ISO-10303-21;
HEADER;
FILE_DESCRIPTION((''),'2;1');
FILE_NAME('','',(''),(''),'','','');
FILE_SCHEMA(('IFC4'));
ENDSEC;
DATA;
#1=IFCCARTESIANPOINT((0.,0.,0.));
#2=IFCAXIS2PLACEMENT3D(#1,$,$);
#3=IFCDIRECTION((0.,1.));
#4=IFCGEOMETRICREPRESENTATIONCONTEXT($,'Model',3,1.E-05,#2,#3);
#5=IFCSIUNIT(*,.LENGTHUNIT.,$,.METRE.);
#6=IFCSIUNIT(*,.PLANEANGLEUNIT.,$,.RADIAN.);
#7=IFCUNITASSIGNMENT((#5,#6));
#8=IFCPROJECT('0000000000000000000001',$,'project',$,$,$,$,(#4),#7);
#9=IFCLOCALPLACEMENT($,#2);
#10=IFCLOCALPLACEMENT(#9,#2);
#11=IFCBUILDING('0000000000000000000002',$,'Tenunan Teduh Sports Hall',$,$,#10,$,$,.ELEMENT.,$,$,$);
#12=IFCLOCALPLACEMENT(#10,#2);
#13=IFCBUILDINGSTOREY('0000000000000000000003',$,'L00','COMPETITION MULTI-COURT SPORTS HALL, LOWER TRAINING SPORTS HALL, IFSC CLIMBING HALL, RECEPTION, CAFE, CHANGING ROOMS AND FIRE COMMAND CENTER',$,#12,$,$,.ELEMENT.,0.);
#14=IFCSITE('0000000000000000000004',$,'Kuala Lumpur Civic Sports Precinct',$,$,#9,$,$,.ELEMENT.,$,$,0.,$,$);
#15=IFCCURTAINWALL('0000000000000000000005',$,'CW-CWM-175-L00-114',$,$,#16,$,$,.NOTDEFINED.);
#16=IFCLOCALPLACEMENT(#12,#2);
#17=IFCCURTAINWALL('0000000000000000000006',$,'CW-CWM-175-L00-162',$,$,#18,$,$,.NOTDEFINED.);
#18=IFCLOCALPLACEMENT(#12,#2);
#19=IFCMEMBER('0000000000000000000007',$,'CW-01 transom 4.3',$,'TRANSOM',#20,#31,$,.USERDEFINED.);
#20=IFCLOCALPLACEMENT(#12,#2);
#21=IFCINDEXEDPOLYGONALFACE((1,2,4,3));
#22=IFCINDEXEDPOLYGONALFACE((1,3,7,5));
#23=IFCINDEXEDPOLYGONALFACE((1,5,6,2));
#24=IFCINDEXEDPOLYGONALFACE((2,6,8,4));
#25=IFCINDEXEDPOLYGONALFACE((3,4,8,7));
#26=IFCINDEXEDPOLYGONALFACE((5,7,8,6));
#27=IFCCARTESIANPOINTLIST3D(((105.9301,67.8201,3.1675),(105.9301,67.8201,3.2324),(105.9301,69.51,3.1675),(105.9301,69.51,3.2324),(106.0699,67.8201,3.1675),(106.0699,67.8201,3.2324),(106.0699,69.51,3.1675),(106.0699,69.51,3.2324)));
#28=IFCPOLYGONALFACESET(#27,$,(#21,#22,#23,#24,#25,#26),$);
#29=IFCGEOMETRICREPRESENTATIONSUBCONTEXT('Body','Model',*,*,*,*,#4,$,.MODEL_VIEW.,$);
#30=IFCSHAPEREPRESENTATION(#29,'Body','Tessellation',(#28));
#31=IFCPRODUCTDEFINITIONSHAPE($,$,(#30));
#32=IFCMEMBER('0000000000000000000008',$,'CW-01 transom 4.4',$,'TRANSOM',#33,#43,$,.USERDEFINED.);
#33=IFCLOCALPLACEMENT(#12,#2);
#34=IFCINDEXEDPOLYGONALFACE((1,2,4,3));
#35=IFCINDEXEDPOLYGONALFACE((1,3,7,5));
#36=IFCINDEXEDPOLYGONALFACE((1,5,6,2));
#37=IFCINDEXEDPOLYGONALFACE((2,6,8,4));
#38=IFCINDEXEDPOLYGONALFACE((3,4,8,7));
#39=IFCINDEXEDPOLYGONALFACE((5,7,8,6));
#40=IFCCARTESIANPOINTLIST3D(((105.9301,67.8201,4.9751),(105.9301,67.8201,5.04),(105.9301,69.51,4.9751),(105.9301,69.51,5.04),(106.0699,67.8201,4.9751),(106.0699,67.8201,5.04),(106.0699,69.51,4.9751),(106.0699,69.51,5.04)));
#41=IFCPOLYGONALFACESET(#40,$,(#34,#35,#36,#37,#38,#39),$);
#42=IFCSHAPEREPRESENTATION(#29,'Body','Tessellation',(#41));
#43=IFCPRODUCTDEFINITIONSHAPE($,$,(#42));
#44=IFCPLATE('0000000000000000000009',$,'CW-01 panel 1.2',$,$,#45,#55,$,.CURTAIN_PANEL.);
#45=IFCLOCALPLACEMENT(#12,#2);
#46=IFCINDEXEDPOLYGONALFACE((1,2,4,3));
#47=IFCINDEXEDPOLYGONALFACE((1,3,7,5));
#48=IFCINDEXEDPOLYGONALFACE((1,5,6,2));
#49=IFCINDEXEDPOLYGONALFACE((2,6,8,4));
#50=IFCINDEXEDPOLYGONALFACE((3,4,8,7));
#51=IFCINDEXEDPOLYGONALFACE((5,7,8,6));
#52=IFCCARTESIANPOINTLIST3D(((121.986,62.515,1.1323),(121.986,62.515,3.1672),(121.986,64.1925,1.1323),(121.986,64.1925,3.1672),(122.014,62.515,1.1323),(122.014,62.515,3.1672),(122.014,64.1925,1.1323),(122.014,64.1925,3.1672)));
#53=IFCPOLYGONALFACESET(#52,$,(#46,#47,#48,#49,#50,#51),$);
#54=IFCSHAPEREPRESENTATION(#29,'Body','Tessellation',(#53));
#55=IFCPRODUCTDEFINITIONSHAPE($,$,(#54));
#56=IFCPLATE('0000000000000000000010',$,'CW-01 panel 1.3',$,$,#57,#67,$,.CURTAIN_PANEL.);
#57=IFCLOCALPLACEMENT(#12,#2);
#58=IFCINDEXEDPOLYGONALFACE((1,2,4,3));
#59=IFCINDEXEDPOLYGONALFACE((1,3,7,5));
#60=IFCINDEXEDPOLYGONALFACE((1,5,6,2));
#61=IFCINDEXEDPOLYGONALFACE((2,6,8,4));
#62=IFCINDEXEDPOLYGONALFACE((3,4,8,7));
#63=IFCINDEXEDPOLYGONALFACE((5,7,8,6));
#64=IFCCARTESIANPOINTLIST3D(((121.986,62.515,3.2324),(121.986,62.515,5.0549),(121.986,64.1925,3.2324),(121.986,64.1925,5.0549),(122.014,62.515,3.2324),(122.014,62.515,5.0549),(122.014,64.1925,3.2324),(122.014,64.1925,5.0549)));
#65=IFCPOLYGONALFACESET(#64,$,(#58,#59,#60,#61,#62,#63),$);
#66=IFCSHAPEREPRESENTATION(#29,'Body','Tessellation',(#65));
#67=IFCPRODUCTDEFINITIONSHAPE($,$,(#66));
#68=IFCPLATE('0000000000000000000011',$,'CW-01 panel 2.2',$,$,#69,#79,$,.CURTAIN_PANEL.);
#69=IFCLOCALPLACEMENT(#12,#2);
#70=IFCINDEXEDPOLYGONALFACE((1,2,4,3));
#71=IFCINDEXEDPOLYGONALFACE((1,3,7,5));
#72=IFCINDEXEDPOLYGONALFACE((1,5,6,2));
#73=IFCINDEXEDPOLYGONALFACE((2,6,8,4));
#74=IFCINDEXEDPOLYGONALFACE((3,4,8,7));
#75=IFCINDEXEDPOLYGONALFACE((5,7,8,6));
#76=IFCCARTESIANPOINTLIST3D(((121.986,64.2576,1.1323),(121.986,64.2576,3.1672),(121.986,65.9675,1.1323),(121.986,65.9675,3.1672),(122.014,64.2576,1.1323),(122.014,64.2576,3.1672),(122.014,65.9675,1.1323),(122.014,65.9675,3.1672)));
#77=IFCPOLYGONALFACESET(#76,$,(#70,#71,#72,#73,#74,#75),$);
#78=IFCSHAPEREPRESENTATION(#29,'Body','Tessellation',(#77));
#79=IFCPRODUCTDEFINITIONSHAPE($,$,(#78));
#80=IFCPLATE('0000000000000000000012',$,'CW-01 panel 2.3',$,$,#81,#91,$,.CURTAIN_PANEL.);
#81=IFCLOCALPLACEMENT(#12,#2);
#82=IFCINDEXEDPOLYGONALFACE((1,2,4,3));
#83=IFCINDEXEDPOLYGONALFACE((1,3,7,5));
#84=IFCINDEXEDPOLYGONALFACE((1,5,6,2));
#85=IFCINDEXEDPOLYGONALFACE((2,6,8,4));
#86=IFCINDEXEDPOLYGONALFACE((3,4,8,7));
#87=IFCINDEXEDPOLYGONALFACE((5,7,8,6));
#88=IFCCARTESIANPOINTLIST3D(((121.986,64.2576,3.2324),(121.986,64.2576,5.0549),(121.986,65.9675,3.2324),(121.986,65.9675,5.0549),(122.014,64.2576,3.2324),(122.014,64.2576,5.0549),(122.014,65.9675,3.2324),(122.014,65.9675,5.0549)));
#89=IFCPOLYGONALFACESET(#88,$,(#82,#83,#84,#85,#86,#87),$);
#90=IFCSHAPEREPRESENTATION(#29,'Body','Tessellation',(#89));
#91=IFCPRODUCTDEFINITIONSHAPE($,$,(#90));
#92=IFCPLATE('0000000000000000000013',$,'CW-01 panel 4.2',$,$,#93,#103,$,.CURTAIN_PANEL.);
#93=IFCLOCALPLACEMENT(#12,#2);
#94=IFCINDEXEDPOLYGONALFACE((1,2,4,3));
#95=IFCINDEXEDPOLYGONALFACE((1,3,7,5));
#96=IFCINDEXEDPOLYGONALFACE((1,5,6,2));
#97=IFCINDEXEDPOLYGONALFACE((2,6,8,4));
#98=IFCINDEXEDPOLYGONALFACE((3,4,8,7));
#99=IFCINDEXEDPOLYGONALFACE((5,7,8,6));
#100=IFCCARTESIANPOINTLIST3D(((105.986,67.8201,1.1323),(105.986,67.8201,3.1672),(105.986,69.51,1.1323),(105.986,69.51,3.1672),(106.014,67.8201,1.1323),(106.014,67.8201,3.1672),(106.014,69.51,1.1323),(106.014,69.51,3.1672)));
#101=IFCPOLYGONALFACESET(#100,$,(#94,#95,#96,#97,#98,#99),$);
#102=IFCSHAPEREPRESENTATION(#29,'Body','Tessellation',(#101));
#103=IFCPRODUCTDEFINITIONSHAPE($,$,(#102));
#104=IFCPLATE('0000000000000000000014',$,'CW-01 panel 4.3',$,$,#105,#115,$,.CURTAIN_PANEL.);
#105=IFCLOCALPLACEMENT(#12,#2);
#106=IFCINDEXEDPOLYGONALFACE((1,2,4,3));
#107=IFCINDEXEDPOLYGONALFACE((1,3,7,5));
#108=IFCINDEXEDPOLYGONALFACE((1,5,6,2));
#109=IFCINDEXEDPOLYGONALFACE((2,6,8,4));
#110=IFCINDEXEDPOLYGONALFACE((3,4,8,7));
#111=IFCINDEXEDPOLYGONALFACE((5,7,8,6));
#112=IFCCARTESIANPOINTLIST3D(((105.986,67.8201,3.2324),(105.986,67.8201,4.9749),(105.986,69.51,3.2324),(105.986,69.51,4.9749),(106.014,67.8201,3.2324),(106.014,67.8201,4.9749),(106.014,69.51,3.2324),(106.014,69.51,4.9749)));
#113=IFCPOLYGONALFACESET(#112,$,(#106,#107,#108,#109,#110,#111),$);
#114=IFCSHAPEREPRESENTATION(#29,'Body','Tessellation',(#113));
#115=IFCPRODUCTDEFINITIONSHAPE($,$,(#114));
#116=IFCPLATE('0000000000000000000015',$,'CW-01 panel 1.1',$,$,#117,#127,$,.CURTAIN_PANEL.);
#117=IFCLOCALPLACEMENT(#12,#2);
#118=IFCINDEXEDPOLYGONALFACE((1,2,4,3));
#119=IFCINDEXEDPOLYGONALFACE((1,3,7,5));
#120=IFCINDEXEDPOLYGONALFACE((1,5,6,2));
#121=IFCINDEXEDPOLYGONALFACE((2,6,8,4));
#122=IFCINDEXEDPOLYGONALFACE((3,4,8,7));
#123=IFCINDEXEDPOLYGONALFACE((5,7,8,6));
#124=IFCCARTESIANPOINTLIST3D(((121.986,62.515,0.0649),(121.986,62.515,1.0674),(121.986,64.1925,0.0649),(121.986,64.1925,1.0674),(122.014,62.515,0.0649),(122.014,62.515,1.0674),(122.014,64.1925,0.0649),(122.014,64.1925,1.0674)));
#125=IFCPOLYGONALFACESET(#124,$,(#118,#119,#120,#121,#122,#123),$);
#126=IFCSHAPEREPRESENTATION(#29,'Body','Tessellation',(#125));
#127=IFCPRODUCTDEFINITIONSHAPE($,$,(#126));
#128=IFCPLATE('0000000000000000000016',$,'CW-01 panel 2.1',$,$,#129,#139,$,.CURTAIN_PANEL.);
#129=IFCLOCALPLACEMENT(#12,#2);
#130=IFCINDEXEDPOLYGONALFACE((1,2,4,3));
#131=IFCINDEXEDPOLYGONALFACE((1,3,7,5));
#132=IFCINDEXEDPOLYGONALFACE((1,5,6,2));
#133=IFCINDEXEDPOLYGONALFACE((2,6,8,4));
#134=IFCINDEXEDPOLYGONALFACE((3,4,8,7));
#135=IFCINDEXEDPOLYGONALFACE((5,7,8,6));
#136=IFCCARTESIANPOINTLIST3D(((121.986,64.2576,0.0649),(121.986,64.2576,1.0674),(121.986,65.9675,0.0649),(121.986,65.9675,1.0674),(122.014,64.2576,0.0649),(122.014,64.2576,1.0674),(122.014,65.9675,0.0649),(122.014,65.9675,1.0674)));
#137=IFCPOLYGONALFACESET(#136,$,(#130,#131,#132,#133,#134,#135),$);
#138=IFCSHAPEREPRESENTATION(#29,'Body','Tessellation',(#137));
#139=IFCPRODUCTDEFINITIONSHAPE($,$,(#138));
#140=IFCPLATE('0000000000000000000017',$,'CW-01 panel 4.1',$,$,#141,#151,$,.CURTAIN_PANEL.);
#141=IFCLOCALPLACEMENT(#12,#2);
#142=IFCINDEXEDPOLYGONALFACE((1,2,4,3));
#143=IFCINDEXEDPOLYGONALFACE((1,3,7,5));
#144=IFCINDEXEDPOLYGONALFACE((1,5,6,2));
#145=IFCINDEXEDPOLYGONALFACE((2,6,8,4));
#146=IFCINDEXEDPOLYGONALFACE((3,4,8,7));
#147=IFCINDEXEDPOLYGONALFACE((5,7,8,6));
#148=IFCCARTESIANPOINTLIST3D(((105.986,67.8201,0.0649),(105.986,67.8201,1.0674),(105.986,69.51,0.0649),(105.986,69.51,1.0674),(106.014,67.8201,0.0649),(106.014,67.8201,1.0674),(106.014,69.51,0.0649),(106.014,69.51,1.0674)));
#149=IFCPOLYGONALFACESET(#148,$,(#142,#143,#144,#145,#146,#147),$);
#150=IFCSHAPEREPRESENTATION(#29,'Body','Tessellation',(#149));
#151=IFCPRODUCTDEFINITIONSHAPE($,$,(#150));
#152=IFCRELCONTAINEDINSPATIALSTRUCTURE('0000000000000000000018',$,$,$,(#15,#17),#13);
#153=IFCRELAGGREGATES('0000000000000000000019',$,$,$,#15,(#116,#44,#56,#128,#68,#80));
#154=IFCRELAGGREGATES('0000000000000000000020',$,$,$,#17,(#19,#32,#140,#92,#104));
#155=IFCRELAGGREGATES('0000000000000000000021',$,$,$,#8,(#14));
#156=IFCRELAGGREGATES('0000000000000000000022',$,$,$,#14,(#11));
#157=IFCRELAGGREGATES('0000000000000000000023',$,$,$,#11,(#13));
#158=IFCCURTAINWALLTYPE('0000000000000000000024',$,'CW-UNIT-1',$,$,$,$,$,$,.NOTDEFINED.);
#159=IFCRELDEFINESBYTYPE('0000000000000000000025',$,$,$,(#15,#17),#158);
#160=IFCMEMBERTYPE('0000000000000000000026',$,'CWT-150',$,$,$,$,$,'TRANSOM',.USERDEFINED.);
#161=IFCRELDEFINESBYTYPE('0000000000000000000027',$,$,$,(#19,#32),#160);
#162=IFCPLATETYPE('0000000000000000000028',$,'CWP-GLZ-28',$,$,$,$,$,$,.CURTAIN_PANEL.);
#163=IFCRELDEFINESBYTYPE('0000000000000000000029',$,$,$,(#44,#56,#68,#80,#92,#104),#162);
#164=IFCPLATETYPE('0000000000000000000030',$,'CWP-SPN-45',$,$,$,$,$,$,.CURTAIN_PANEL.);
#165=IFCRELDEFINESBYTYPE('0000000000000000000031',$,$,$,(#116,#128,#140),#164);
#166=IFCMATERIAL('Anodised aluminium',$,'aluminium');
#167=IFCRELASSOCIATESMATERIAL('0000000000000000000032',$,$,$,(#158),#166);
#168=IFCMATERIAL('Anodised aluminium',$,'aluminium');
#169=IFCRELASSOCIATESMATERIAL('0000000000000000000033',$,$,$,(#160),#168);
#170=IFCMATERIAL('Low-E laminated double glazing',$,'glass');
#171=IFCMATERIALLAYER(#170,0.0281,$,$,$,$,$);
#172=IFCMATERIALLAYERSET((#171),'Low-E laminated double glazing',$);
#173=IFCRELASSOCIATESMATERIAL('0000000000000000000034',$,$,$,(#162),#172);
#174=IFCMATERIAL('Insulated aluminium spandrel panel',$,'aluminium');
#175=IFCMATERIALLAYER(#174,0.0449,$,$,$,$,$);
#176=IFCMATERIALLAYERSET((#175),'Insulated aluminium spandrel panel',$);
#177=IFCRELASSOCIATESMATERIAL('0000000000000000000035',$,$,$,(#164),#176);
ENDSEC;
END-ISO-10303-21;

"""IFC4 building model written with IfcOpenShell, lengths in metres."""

from ifc_helpers import new_model, si_unit, direction, frame, origin, origin_2d, place, context, subcontext, project, spatial, rectangle, extrude, material, layer, layer_set, material_profile, profile_set, type_object, element, aggregate, save


model = new_model("IFC4")

# Units and contexts
model_context = context("Model", 3, precision=1e-05, world=origin(), true_north=direction((0.0, 1.0)))
body_context = subcontext(model_context, "Body", "Model", "MODEL_VIEW")
ifc_project = project(units=[si_unit("LENGTHUNIT", "METRE"), si_unit("PLANEANGLEUNIT", "RADIAN")], contexts=[model_context])

# Site, building, storey
site_placement = place(None, origin())
site = spatial("IfcSite", under=ifc_project, at=site_placement, Name="Kuala Lumpur Civic Sports Precinct", CompositionType="ELEMENT", RefElevation=0.0)
building_placement = place(site_placement, origin())
building = spatial("IfcBuilding", under=site, at=building_placement, Name="Tenunan Teduh Sports Hall", CompositionType="ELEMENT")
storey_placement = place(building_placement, origin())
storey = spatial("IfcBuildingStorey", under=building, at=storey_placement, Name="L00", Description="COMPETITION MULTI-COURT SPORTS HALL, LOWER TRAINING SPORTS HALL, IFSC CLIMBING HALL, RECEPTION, CAFE, CHANGING ROOMS AND FIRE COMMAND CENTER", CompositionType="ELEMENT", Elevation=0.0)

# Curtain wall
ifc_material_1 = material(Name="Anodised aluminium", Category="aluminium")
curtain_wall_type = type_object("IfcCurtainWallType", Name="CW-UNIT-1", PredefinedType="NOTDEFINED", material=ifc_material_1)
curtain_wall_1_placement = place(storey_placement, origin())
curtain_wall_1 = element("IfcCurtainWall", 1, at=curtain_wall_1_placement, inside=storey, type_object=curtain_wall_type, Name="CW-CWM-175-L00-114", PredefinedType="NOTDEFINED")

# Curtain wall
curtain_wall_2_placement = place(storey_placement, origin())
curtain_wall_2 = element("IfcCurtainWall", 2, at=curtain_wall_2_placement, inside=storey, type_object=curtain_wall_type, Name="CW-CWM-175-L00-162", PredefinedType="NOTDEFINED")

# Members
ifc_material_2 = material(Name="Anodised aluminium", Category="aluminium")
ifc_material_profile_1 = material_profile(ifc_material_2, rectangle(XDim=0.0649, YDim=0.1399, at=origin_2d()), Name="CWT 65x140")
ifc_profile_set_1 = profile_set([ifc_material_profile_1], Name="Anodised aluminium")
member_type_1 = type_object("IfcMemberType", Name="CWT-150", ElementType="TRANSOM", PredefinedType="USERDEFINED", material=ifc_profile_set_1)
member_1_placement = place(storey_placement, frame((106.0, 67.8201, 3.2), z_axis=(0.0, 1.0, 0.0), x_axis=(0.0, 0.0, 1.0)))
member_1 = element("IfcMember", 3, at=member_1_placement, type_object=member_type_1, Name="CW-01 transom 4.3", ObjectType="TRANSOM", PredefinedType="USERDEFINED", context=body_context, shape_type="SweptSolid", body=[
    extrude(rectangle(XDim=0.0649, YDim=0.1399, at=origin_2d()), origin(), (0.0, 0.0, 1.0), 1.6899),
])
member_2_placement = place(storey_placement, frame((106.0, 67.8201, 5.0076), z_axis=(0.0, 1.0, 0.0), x_axis=(0.0, 0.0, 1.0)))
member_2 = element("IfcMember", 4, at=member_2_placement, type_object=member_type_1, Name="CW-01 transom 4.4", ObjectType="TRANSOM", PredefinedType="USERDEFINED", context=body_context, shape_type="SweptSolid", body=[
    extrude(rectangle(XDim=0.0649, YDim=0.1399, at=origin_2d()), origin(), (0.0, 0.0, 1.0), 1.6899),
])

# Plates
ifc_material_3 = material(Name="Low-E laminated double glazing", Category="glass")
ifc_layer_1 = layer(ifc_material_3, 0.0281)
ifc_layer_set_1 = layer_set([ifc_layer_1], Name="Low-E laminated double glazing")
plate_type_1 = type_object("IfcPlateType", Name="CWP-GLZ-28", PredefinedType="CURTAIN_PANEL", material=ifc_layer_set_1)
plate_1_placement = place(storey_placement, frame((122.0, 63.3538, 1.1323), z_axis=(0.0, 0.0, 1.0), x_axis=(0.0, 1.0, 0.0)))
plate_1 = element("IfcPlate", 5, at=plate_1_placement, type_object=plate_type_1, Name="CW-01 panel 1.2", PredefinedType="CURTAIN_PANEL", context=body_context, shape_type="SweptSolid", body=[
    extrude(rectangle(XDim=1.6775, YDim=0.0281, at=origin_2d()), origin(), (0.0, 0.0, 1.0), 2.0349),
])
plate_2_placement = place(storey_placement, frame((122.0, 63.3538, 3.2324), z_axis=(0.0, 0.0, 1.0), x_axis=(0.0, 1.0, 0.0)))
plate_2 = element("IfcPlate", 6, at=plate_2_placement, type_object=plate_type_1, Name="CW-01 panel 1.3", PredefinedType="CURTAIN_PANEL", context=body_context, shape_type="SweptSolid", body=[
    extrude(rectangle(XDim=1.6775, YDim=0.0281, at=origin_2d()), origin(), (0.0, 0.0, 1.0), 1.8225),
])
plate_3_placement = place(storey_placement, frame((122.0, 65.1125, 1.1323), z_axis=(0.0, 0.0, 1.0), x_axis=(0.0, 1.0, 0.0)))
plate_3 = element("IfcPlate", 7, at=plate_3_placement, type_object=plate_type_1, Name="CW-01 panel 2.2", PredefinedType="CURTAIN_PANEL", context=body_context, shape_type="SweptSolid", body=[
    extrude(rectangle(XDim=1.71, YDim=0.0281, at=origin_2d()), origin(), (0.0, 0.0, 1.0), 2.0349),
])
plate_4_placement = place(storey_placement, frame((122.0, 65.1125, 3.2324), z_axis=(0.0, 0.0, 1.0), x_axis=(0.0, 1.0, 0.0)))
plate_4 = element("IfcPlate", 8, at=plate_4_placement, type_object=plate_type_1, Name="CW-01 panel 2.3", PredefinedType="CURTAIN_PANEL", context=body_context, shape_type="SweptSolid", body=[
    extrude(rectangle(XDim=1.71, YDim=0.0281, at=origin_2d()), origin(), (0.0, 0.0, 1.0), 1.8225),
])
plate_5_placement = place(storey_placement, frame((106.0, 68.665, 1.1323), z_axis=(0.0, 0.0, 1.0), x_axis=(0.0, 1.0, 0.0)))
plate_5 = element("IfcPlate", 9, at=plate_5_placement, type_object=plate_type_1, Name="CW-01 panel 4.2", PredefinedType="CURTAIN_PANEL", context=body_context, shape_type="SweptSolid", body=[
    extrude(rectangle(XDim=1.6899, YDim=0.0281, at=origin_2d()), origin(), (0.0, 0.0, 1.0), 2.0349),
])
plate_6_placement = place(storey_placement, frame((106.0, 68.665, 3.2324), z_axis=(0.0, 0.0, 1.0), x_axis=(0.0, 1.0, 0.0)))
plate_6 = element("IfcPlate", 10, at=plate_6_placement, type_object=plate_type_1, Name="CW-01 panel 4.3", PredefinedType="CURTAIN_PANEL", context=body_context, shape_type="SweptSolid", body=[
    extrude(rectangle(XDim=1.6899, YDim=0.0281, at=origin_2d()), origin(), (0.0, 0.0, 1.0), 1.7424),
])
ifc_material_4 = material(Name="Insulated aluminium spandrel panel", Category="aluminium")
ifc_layer_2 = layer(ifc_material_4, 0.0449)
ifc_layer_set_2 = layer_set([ifc_layer_2], Name="Insulated aluminium spandrel panel")
plate_type_2 = type_object("IfcPlateType", Name="CWP-SPN-45", PredefinedType="CURTAIN_PANEL", material=ifc_layer_set_2)
plate_7_placement = place(storey_placement, frame((122.0, 63.3538, 0.0649), z_axis=(0.0, 0.0, 1.0), x_axis=(0.0, 1.0, 0.0)))
plate_7 = element("IfcPlate", 11, at=plate_7_placement, type_object=plate_type_2, Name="CW-01 panel 1.1", PredefinedType="CURTAIN_PANEL", context=body_context, shape_type="SweptSolid", body=[
    extrude(rectangle(XDim=1.6775, YDim=0.0281, at=origin_2d()), origin(), (0.0, 0.0, 1.0), 1.0024),
])
plate_8_placement = place(storey_placement, frame((122.0, 65.1125, 0.0649), z_axis=(0.0, 0.0, 1.0), x_axis=(0.0, 1.0, 0.0)))
plate_8 = element("IfcPlate", 12, at=plate_8_placement, type_object=plate_type_2, Name="CW-01 panel 2.1", PredefinedType="CURTAIN_PANEL", context=body_context, shape_type="SweptSolid", body=[
    extrude(rectangle(XDim=1.71, YDim=0.0281, at=origin_2d()), origin(), (0.0, 0.0, 1.0), 1.0024),
])
aggregate(curtain_wall_1, [plate_7, plate_1, plate_2, plate_8, plate_3, plate_4])
plate_9_placement = place(storey_placement, frame((106.0, 68.665, 0.0649), z_axis=(0.0, 0.0, 1.0), x_axis=(0.0, 1.0, 0.0)))
plate_9 = element("IfcPlate", 13, at=plate_9_placement, type_object=plate_type_2, Name="CW-01 panel 4.1", PredefinedType="CURTAIN_PANEL", context=body_context, shape_type="SweptSolid", body=[
    extrude(rectangle(XDim=1.6899, YDim=0.0281, at=origin_2d()), origin(), (0.0, 0.0, 1.0), 1.0024),
])
aggregate(curtain_wall_2, [member_1, member_2, plate_9, plate_5, plate_6])

save(model, "model.ifc")
